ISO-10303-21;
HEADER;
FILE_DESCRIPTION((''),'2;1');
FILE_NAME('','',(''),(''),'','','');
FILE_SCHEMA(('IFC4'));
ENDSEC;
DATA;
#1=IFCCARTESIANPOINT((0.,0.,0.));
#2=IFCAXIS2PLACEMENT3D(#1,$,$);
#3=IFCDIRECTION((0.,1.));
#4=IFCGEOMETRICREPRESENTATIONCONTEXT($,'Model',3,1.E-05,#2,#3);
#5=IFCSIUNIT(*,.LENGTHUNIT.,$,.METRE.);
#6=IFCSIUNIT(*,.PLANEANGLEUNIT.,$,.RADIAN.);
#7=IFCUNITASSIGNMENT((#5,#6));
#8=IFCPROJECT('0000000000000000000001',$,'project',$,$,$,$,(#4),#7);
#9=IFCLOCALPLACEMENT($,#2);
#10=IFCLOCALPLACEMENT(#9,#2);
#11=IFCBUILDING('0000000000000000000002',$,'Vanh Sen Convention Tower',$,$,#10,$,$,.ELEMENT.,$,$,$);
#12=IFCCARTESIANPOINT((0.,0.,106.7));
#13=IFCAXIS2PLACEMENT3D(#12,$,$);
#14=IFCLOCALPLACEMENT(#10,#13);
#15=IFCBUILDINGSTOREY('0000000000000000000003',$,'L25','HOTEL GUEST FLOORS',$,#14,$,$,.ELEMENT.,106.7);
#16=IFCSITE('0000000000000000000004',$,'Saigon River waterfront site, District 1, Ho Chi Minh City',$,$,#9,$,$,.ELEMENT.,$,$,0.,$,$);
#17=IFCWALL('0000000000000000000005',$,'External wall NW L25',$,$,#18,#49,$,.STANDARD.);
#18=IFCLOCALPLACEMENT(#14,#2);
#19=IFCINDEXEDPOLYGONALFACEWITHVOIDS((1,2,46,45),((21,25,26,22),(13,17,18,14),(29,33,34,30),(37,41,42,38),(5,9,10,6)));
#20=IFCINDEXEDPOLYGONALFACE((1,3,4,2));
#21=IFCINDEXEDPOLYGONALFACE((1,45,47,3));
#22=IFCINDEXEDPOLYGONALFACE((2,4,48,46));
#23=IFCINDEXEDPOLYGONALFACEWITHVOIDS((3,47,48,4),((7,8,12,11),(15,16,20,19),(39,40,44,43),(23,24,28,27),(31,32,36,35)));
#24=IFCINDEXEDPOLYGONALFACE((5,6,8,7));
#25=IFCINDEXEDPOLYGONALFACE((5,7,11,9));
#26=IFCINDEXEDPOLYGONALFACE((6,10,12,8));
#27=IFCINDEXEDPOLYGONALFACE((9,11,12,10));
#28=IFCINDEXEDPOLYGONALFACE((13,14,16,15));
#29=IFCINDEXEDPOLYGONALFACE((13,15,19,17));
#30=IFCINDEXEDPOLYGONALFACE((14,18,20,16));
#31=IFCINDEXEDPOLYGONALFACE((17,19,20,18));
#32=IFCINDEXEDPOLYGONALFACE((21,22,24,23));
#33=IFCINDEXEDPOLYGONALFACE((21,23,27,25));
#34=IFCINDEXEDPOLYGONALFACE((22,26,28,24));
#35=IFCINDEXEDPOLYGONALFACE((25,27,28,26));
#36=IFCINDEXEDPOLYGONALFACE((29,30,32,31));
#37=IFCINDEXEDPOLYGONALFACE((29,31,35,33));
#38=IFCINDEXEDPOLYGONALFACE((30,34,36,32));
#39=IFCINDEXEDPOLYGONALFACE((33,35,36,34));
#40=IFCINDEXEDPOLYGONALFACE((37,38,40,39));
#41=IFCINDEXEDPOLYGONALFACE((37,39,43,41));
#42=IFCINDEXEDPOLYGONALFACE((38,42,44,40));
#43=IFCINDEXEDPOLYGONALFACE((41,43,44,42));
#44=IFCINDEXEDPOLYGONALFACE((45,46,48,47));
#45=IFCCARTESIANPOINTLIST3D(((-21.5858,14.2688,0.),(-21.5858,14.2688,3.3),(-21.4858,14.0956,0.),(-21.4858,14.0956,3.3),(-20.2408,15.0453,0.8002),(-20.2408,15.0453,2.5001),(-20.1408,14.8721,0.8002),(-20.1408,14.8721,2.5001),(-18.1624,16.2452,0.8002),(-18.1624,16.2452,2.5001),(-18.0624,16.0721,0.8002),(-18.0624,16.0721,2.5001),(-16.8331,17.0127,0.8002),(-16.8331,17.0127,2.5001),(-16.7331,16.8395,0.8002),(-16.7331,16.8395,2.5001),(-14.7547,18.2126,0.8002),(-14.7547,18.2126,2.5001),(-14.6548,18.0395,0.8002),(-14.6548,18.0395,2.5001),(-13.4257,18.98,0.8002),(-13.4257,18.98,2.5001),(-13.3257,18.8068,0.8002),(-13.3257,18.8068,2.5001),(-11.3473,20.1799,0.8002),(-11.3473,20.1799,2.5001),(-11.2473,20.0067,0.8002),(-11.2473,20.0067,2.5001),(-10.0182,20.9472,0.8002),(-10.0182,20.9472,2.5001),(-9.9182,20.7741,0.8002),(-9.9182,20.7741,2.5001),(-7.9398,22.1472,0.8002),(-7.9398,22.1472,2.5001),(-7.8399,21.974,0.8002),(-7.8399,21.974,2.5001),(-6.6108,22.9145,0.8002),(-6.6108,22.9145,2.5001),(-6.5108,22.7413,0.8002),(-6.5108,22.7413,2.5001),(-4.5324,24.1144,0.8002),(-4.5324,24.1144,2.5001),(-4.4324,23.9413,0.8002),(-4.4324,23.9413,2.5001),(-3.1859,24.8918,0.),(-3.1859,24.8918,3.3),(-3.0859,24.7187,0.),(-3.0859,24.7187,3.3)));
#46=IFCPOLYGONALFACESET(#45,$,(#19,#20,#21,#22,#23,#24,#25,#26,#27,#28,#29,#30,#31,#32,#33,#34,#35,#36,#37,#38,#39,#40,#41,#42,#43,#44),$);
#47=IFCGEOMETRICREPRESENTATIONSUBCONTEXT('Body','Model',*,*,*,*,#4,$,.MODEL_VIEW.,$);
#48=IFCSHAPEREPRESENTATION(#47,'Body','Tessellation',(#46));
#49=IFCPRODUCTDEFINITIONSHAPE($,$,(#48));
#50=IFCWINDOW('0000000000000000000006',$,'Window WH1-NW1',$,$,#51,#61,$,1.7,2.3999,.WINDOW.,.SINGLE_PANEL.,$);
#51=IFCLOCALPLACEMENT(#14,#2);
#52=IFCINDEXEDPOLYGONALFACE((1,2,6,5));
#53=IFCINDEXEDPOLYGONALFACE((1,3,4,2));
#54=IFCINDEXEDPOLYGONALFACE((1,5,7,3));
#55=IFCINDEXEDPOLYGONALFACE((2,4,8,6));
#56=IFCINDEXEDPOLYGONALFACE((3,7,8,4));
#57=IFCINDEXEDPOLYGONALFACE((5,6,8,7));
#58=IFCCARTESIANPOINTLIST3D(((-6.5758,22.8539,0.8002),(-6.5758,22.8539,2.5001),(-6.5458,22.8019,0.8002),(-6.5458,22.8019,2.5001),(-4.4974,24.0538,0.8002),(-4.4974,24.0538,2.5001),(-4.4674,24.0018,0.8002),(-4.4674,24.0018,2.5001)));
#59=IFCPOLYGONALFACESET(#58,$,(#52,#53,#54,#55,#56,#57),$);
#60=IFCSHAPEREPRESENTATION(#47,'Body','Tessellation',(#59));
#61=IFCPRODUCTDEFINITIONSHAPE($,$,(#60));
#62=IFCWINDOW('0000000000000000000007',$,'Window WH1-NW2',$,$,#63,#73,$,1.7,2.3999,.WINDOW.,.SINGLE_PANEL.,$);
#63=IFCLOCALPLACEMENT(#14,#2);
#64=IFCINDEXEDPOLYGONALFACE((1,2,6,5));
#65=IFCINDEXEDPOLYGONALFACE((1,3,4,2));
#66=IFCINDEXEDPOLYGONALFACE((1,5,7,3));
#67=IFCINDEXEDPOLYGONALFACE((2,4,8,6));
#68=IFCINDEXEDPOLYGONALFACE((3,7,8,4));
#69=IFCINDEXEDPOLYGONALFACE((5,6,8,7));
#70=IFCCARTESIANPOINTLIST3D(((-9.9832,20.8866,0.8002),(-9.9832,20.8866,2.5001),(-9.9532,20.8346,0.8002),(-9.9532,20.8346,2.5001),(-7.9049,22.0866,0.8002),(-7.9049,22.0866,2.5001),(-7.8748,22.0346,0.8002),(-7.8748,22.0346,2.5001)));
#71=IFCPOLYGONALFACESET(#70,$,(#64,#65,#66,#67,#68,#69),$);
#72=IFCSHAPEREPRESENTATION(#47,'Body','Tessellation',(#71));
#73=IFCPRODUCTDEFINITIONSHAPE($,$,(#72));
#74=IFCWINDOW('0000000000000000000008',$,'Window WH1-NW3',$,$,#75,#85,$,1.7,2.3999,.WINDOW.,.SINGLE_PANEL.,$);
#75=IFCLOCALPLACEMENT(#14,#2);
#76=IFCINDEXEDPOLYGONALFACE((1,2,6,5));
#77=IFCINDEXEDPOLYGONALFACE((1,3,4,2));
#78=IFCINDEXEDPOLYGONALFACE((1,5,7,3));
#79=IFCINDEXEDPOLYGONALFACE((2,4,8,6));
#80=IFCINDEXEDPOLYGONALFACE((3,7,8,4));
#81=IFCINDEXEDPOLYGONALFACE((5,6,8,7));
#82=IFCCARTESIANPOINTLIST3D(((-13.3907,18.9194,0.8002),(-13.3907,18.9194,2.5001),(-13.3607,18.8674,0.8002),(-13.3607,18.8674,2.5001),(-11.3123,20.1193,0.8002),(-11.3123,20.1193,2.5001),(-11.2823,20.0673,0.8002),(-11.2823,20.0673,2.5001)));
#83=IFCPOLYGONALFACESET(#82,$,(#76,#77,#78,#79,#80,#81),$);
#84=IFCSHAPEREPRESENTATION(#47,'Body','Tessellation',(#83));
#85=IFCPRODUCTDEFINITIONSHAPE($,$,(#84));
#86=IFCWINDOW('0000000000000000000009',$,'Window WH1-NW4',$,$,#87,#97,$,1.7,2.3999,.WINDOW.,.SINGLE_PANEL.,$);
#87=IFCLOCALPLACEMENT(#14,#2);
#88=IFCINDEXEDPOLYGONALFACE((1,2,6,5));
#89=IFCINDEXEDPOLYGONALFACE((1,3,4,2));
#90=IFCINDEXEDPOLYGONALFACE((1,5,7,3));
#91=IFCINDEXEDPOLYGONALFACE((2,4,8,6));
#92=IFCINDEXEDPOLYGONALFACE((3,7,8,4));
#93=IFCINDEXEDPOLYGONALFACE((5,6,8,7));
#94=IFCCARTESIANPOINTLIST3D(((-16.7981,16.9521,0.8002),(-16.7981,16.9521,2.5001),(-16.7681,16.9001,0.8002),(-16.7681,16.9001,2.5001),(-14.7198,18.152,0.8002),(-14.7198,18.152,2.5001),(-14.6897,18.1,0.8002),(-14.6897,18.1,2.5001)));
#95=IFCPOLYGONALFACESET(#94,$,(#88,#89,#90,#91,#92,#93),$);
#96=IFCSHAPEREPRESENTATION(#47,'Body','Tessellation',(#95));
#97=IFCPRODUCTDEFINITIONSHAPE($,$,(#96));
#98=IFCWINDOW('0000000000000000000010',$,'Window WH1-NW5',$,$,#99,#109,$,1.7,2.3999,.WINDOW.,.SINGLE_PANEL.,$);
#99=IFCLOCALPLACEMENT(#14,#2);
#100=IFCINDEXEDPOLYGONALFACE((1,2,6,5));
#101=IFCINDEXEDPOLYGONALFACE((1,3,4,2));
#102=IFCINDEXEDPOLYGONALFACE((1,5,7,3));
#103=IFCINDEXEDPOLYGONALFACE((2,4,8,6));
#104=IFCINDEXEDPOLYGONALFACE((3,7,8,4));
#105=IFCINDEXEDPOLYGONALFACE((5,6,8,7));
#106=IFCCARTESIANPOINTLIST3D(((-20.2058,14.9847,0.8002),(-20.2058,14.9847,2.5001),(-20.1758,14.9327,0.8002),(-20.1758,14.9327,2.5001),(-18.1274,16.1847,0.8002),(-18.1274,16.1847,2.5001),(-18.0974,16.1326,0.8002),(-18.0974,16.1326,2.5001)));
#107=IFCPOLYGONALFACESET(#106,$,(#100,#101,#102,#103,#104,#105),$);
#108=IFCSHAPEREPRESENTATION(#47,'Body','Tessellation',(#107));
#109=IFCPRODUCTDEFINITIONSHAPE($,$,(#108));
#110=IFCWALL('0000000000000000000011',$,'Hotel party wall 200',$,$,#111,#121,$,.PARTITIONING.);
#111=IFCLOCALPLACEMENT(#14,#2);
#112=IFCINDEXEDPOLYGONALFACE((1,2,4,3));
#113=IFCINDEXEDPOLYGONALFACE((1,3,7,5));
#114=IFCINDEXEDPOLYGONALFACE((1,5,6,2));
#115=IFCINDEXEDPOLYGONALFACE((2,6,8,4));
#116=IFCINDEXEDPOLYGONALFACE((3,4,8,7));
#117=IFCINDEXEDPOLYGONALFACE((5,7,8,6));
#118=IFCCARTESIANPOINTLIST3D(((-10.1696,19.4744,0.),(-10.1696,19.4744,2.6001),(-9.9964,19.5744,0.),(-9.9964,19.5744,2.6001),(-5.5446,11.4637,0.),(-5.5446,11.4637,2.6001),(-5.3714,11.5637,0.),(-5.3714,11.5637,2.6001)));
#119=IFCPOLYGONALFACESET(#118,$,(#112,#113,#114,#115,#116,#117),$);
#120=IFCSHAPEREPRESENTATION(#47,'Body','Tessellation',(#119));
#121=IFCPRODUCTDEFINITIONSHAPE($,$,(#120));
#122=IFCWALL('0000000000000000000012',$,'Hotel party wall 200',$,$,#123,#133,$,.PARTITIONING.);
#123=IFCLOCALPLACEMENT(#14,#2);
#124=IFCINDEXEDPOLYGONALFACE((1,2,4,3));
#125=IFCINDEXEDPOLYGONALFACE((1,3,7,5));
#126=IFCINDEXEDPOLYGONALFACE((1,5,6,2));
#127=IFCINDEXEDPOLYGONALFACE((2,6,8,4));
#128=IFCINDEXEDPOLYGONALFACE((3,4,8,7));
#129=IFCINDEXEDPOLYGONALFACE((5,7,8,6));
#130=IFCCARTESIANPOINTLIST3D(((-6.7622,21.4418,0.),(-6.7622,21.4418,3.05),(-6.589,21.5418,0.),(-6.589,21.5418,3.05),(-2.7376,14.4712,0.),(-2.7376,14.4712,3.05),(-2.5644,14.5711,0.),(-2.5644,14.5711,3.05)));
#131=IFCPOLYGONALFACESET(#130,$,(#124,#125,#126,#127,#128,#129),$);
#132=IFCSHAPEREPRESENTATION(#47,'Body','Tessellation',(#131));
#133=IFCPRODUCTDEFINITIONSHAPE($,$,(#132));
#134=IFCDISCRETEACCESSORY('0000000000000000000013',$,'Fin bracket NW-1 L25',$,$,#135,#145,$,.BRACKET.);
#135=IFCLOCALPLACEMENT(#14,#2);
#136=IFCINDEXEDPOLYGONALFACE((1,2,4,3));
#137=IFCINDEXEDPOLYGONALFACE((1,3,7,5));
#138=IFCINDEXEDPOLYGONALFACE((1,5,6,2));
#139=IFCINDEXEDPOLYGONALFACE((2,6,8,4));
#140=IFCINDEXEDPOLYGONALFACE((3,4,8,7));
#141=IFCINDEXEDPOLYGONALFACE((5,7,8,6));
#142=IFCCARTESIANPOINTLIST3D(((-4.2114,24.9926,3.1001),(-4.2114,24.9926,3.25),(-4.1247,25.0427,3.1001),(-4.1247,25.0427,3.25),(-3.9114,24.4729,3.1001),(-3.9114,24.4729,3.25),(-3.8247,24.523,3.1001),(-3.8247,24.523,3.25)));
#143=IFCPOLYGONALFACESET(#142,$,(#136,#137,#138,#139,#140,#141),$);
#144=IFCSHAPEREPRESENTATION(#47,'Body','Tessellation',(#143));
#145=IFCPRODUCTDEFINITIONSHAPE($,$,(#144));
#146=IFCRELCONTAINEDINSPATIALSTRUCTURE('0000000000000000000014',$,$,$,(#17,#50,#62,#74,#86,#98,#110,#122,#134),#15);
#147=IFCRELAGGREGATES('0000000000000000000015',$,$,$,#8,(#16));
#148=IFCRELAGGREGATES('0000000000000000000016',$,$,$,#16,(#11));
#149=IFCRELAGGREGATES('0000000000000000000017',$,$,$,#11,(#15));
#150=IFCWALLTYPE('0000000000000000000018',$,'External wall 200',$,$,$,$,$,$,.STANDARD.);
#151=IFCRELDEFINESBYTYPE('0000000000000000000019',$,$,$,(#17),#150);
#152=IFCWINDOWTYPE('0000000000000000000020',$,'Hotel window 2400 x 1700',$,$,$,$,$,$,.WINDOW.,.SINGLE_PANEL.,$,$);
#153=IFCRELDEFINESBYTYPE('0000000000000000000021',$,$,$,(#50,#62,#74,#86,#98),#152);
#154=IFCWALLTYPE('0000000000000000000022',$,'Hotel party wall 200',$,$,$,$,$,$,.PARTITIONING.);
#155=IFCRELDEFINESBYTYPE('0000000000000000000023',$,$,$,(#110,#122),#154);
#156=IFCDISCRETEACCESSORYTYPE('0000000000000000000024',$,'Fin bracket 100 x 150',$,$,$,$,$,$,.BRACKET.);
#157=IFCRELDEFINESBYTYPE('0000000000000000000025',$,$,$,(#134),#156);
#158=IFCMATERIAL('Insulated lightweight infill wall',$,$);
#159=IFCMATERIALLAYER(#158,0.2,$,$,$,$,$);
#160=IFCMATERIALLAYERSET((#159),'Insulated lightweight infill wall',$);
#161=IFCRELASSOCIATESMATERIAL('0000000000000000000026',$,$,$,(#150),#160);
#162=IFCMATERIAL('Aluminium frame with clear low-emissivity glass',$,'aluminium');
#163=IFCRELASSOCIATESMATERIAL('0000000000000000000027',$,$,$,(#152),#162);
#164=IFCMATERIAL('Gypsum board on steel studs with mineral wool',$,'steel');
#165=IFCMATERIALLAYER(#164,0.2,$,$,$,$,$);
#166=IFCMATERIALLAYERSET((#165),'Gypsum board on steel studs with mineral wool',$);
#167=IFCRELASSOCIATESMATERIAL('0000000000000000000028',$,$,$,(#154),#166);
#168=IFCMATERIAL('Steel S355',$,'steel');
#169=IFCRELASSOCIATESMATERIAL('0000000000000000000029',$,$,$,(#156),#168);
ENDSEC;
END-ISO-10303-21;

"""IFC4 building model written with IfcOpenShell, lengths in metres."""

from ifc_helpers import new_model, si_unit, direction, frame, frame_2d, origin, origin_2d, place, context, subcontext, project, spatial, rectangle, extrude, material, layer, layer_set, type_object, element, fill, save


model = new_model("IFC4")

# Units and contexts
model_context = context("Model", 3, precision=1e-05, world=origin(), true_north=direction((0.0, 1.0)))
body_context = subcontext(model_context, "Body", "Model", "MODEL_VIEW")
ifc_project = project(units=[si_unit("LENGTHUNIT", "METRE"), si_unit("PLANEANGLEUNIT", "RADIAN")], contexts=[model_context])

# Site, building, storey
site_placement = place(None, origin())
site = spatial("IfcSite", under=ifc_project, at=site_placement, Name="Saigon River waterfront site, District 1, Ho Chi Minh City", CompositionType="ELEMENT", RefElevation=0.0)
building_placement = place(site_placement, origin())
building = spatial("IfcBuilding", under=site, at=building_placement, Name="Vanh Sen Convention Tower", CompositionType="ELEMENT")
storey_placement = place(building_placement, frame((0.0, 0.0, 106.7)))
storey = spatial("IfcBuildingStorey", under=building, at=storey_placement, Name="L25", Description="HOTEL GUEST FLOORS", CompositionType="ELEMENT", Elevation=106.7)

# Shared definitions
ifc_material_1 = material(Name="Gypsum board on steel studs with mineral wool", Category="steel")

# Wall, openings, windows
ifc_material_2 = material(Name="Insulated lightweight infill wall")
ifc_layer_1 = layer(ifc_material_2, 0.2)
ifc_layer_set_1 = layer_set([ifc_layer_1], Name="Insulated lightweight infill wall")
wall_type_1 = type_object("IfcWallType", Name="External wall 200", PredefinedType="STANDARD", material=ifc_layer_set_1)
wall_1_placement = place(storey_placement, frame((-3.136, 24.8052, 0.0), z_axis=(0.0, 0.0, 1.0), x_axis=(-0.866028, -0.499995, 0.0)))
wall_1 = element("IfcWall", 1, at=wall_1_placement, inside=storey, type_object=wall_type_1, Name="External wall NW L25", PredefinedType="STANDARD", context=body_context, shape_type="SweptSolid", body=[
    extrude(rectangle(XDim=21.2463, YDim=0.2, at=frame_2d((10.623, 0.0))), origin(), (0.0, 0.0, 1.0), 3.3),
])
opening_1_placement = place(wall_1_placement, frame((1.5547, 0.0, 0.8)))
opening_1 = element("IfcOpeningElement", 2, at=opening_1_placement, cuts=wall_1, PredefinedType="OPENING", context=body_context, shape_type="SweptSolid", body=[
    extrude(rectangle(XDim=2.3999, YDim=1.7, at=frame_2d((1.2, 0.8501))), frame((0.0, 0.1099, 0.0), z_axis=(0.0, -1.0, 0.0), x_axis=(1.0, 0.0, 0.0)), (0.0, 0.0, 1.0), 0.22),
])
opening_2_placement = place(wall_1_placement, frame((5.4893, 0.0, 0.8)))
opening_2 = element("IfcOpeningElement", 3, at=opening_2_placement, cuts=wall_1, PredefinedType="OPENING", context=body_context, shape_type="SweptSolid", body=[
    extrude(rectangle(XDim=2.3999, YDim=1.7, at=frame_2d((1.2, 0.8501))), frame((0.0, 0.1099, 0.0), z_axis=(0.0, -1.0, 0.0), x_axis=(1.0, 0.0, 0.0)), (0.0, 0.0, 1.0), 0.22),
])
opening_3_placement = place(wall_1_placement, frame((9.4238, 0.0, 0.8)))
opening_3 = element("IfcOpeningElement", 4, at=opening_3_placement, cuts=wall_1, PredefinedType="OPENING", context=body_context, shape_type="SweptSolid", body=[
    extrude(rectangle(XDim=2.3999, YDim=1.7, at=frame_2d((1.2, 0.8501))), frame((0.0, 0.1099, 0.0), z_axis=(0.0, -1.0, 0.0), x_axis=(1.0, 0.0, 0.0)), (0.0, 0.0, 1.0), 0.22),
])
opening_4_placement = place(wall_1_placement, frame((13.3584, 0.0, 0.8)))
opening_4 = element("IfcOpeningElement", 5, at=opening_4_placement, cuts=wall_1, PredefinedType="OPENING", context=body_context, shape_type="SweptSolid", body=[
    extrude(rectangle(XDim=2.3999, YDim=1.7, at=frame_2d((1.2, 0.8501))), frame((0.0, 0.1099, 0.0), z_axis=(0.0, -1.0, 0.0), x_axis=(1.0, 0.0, 0.0)), (0.0, 0.0, 1.0), 0.22),
])
opening_5_placement = place(wall_1_placement, frame((17.2932, 0.0, 0.8)))
opening_5 = element("IfcOpeningElement", 6, at=opening_5_placement, cuts=wall_1, PredefinedType="OPENING", context=body_context, shape_type="SweptSolid", body=[
    extrude(rectangle(XDim=2.3999, YDim=1.7, at=frame_2d((1.2, 0.8501))), frame((0.0, 0.1099, 0.0), z_axis=(0.0, -1.0, 0.0), x_axis=(1.0, 0.0, 0.0)), (0.0, 0.0, 1.0), 0.22),
])
ifc_material_3 = material(Name="Aluminium frame with clear low-emissivity glass", Category="aluminium")
window_type = type_object("IfcWindowType", Name="Hotel window 2400 x 1700", PartitioningType="SINGLE_PANEL", PredefinedType="WINDOW", material=ifc_material_3)
window_1_placement = place(opening_1_placement, origin())
window_1 = element("IfcWindow", 7, at=window_1_placement, inside=storey, type_object=window_type, Name="Window WH1-NW1", OverallHeight=1.7, OverallWidth=2.3999, PartitioningType="SINGLE_PANEL", PredefinedType="WINDOW", context=body_context, shape_type="SweptSolid", body=[
    extrude(rectangle(XDim=2.3999, YDim=1.7, at=frame_2d((1.2, 0.8501))), frame((0.0, 0.03, 0.0), z_axis=(0.0, -1.0, 0.0), x_axis=(1.0, 0.0, 0.0)), (0.0, 0.0, 1.0), 0.0601),
])
fill(opening_1, window_1)
window_2_placement = place(opening_2_placement, origin())
window_2 = element("IfcWindow", 8, at=window_2_placement, inside=storey, type_object=window_type, Name="Window WH1-NW2", OverallHeight=1.7, OverallWidth=2.3999, PartitioningType="SINGLE_PANEL", PredefinedType="WINDOW", context=body_context, shape_type="SweptSolid", body=[
    extrude(rectangle(XDim=2.3999, YDim=1.7, at=frame_2d((1.2, 0.8501))), frame((0.0, 0.03, 0.0), z_axis=(0.0, -1.0, 0.0), x_axis=(1.0, 0.0, 0.0)), (0.0, 0.0, 1.0), 0.0601),
])
fill(opening_2, window_2)
window_3_placement = place(opening_3_placement, origin())
window_3 = element("IfcWindow", 9, at=window_3_placement, inside=storey, type_object=window_type, Name="Window WH1-NW3", OverallHeight=1.7, OverallWidth=2.3999, PartitioningType="SINGLE_PANEL", PredefinedType="WINDOW", context=body_context, shape_type="SweptSolid", body=[
    extrude(rectangle(XDim=2.3999, YDim=1.7, at=frame_2d((1.2, 0.8501))), frame((0.0, 0.03, 0.0), z_axis=(0.0, -1.0, 0.0), x_axis=(1.0, 0.0, 0.0)), (0.0, 0.0, 1.0), 0.0601),
])
fill(opening_3, window_3)
window_4_placement = place(opening_4_placement, origin())
window_4 = element("IfcWindow", 10, at=window_4_placement, inside=storey, type_object=window_type, Name="Window WH1-NW4", OverallHeight=1.7, OverallWidth=2.3999, PartitioningType="SINGLE_PANEL", PredefinedType="WINDOW", context=body_context, shape_type="SweptSolid", body=[
    extrude(rectangle(XDim=2.3999, YDim=1.7, at=frame_2d((1.2, 0.8501))), frame((0.0, 0.03, 0.0), z_axis=(0.0, -1.0, 0.0), x_axis=(1.0, 0.0, 0.0)), (0.0, 0.0, 1.0), 0.0601),
])
fill(opening_4, window_4)
window_5_placement = place(opening_5_placement, origin())
window_5 = element("IfcWindow", 11, at=window_5_placement, inside=storey, type_object=window_type, Name="Window WH1-NW5", OverallHeight=1.7, OverallWidth=2.3999, PartitioningType="SINGLE_PANEL", PredefinedType="WINDOW", context=body_context, shape_type="SweptSolid", body=[
    extrude(rectangle(XDim=2.3999, YDim=1.7, at=frame_2d((1.2, 0.8501))), frame((0.0, 0.03, 0.0), z_axis=(0.0, -1.0, 0.0), x_axis=(1.0, 0.0, 0.0)), (0.0, 0.0, 1.0), 0.0601),
])
fill(opening_5, window_5)

# Walls
ifc_layer_2 = layer(ifc_material_1, 0.2)
ifc_layer_set_2 = layer_set([ifc_layer_2], Name="Gypsum board on steel studs with mineral wool")
wall_type_2 = type_object("IfcWallType", Name="Hotel party wall 200", PredefinedType="PARTITIONING", material=ifc_layer_set_2)
wall_2_placement = place(storey_placement, frame((-10.083, 19.5244, 0.0), z_axis=(0.0, 0.0, 1.0), x_axis=(0.5, -0.866026, 0.0)))
element("IfcWall", 12, at=wall_2_placement, inside=storey, type_object=wall_type_2, Name="Hotel party wall 200", PredefinedType="PARTITIONING", context=body_context, shape_type="SweptSolid", body=[
    extrude(rectangle(XDim=9.25, YDim=0.2, at=frame_2d((4.625, 0.0))), origin(), (0.0, 0.0, 1.0), 2.6001),
])
wall_3_placement = place(storey_placement, frame((-6.6755, 21.4917, 0.0), z_axis=(0.0, 0.0, 1.0), x_axis=(0.500011, -0.866019, 0.0)))
element("IfcWall", 13, at=wall_3_placement, inside=storey, type_object=wall_type_2, Name="Hotel party wall 200", PredefinedType="PARTITIONING", context=body_context, shape_type="SweptSolid", body=[
    extrude(rectangle(XDim=8.0491, YDim=0.2, at=frame_2d((4.0244, 0.0))), origin(), (0.0, 0.0, 1.0), 3.05),
])

# Discrete accessory
ifc_material_4 = material(Name="Steel S355", Category="steel")
discrete_accessory_type = type_object("IfcDiscreteAccessoryType", Name="Fin bracket 100 x 150", PredefinedType="BRACKET", material=ifc_material_4)
discrete_accessory_placement = place(storey_placement, frame((-4.0181, 24.7578, 3.1001), z_axis=(0.0, 0.0, 1.0), x_axis=(-0.5, 0.866025, 0.0)))
element("IfcDiscreteAccessory", 14, at=discrete_accessory_placement, inside=storey, type_object=discrete_accessory_type, Name="Fin bracket NW-1 L25", PredefinedType="BRACKET", context=body_context, shape_type="SweptSolid", body=[
    extrude(rectangle(XDim=0.6001, YDim=0.1001, at=origin_2d()), origin(), (0.0, 0.0, 1.0), 0.1499),
])

save(model, "model.ifc")
